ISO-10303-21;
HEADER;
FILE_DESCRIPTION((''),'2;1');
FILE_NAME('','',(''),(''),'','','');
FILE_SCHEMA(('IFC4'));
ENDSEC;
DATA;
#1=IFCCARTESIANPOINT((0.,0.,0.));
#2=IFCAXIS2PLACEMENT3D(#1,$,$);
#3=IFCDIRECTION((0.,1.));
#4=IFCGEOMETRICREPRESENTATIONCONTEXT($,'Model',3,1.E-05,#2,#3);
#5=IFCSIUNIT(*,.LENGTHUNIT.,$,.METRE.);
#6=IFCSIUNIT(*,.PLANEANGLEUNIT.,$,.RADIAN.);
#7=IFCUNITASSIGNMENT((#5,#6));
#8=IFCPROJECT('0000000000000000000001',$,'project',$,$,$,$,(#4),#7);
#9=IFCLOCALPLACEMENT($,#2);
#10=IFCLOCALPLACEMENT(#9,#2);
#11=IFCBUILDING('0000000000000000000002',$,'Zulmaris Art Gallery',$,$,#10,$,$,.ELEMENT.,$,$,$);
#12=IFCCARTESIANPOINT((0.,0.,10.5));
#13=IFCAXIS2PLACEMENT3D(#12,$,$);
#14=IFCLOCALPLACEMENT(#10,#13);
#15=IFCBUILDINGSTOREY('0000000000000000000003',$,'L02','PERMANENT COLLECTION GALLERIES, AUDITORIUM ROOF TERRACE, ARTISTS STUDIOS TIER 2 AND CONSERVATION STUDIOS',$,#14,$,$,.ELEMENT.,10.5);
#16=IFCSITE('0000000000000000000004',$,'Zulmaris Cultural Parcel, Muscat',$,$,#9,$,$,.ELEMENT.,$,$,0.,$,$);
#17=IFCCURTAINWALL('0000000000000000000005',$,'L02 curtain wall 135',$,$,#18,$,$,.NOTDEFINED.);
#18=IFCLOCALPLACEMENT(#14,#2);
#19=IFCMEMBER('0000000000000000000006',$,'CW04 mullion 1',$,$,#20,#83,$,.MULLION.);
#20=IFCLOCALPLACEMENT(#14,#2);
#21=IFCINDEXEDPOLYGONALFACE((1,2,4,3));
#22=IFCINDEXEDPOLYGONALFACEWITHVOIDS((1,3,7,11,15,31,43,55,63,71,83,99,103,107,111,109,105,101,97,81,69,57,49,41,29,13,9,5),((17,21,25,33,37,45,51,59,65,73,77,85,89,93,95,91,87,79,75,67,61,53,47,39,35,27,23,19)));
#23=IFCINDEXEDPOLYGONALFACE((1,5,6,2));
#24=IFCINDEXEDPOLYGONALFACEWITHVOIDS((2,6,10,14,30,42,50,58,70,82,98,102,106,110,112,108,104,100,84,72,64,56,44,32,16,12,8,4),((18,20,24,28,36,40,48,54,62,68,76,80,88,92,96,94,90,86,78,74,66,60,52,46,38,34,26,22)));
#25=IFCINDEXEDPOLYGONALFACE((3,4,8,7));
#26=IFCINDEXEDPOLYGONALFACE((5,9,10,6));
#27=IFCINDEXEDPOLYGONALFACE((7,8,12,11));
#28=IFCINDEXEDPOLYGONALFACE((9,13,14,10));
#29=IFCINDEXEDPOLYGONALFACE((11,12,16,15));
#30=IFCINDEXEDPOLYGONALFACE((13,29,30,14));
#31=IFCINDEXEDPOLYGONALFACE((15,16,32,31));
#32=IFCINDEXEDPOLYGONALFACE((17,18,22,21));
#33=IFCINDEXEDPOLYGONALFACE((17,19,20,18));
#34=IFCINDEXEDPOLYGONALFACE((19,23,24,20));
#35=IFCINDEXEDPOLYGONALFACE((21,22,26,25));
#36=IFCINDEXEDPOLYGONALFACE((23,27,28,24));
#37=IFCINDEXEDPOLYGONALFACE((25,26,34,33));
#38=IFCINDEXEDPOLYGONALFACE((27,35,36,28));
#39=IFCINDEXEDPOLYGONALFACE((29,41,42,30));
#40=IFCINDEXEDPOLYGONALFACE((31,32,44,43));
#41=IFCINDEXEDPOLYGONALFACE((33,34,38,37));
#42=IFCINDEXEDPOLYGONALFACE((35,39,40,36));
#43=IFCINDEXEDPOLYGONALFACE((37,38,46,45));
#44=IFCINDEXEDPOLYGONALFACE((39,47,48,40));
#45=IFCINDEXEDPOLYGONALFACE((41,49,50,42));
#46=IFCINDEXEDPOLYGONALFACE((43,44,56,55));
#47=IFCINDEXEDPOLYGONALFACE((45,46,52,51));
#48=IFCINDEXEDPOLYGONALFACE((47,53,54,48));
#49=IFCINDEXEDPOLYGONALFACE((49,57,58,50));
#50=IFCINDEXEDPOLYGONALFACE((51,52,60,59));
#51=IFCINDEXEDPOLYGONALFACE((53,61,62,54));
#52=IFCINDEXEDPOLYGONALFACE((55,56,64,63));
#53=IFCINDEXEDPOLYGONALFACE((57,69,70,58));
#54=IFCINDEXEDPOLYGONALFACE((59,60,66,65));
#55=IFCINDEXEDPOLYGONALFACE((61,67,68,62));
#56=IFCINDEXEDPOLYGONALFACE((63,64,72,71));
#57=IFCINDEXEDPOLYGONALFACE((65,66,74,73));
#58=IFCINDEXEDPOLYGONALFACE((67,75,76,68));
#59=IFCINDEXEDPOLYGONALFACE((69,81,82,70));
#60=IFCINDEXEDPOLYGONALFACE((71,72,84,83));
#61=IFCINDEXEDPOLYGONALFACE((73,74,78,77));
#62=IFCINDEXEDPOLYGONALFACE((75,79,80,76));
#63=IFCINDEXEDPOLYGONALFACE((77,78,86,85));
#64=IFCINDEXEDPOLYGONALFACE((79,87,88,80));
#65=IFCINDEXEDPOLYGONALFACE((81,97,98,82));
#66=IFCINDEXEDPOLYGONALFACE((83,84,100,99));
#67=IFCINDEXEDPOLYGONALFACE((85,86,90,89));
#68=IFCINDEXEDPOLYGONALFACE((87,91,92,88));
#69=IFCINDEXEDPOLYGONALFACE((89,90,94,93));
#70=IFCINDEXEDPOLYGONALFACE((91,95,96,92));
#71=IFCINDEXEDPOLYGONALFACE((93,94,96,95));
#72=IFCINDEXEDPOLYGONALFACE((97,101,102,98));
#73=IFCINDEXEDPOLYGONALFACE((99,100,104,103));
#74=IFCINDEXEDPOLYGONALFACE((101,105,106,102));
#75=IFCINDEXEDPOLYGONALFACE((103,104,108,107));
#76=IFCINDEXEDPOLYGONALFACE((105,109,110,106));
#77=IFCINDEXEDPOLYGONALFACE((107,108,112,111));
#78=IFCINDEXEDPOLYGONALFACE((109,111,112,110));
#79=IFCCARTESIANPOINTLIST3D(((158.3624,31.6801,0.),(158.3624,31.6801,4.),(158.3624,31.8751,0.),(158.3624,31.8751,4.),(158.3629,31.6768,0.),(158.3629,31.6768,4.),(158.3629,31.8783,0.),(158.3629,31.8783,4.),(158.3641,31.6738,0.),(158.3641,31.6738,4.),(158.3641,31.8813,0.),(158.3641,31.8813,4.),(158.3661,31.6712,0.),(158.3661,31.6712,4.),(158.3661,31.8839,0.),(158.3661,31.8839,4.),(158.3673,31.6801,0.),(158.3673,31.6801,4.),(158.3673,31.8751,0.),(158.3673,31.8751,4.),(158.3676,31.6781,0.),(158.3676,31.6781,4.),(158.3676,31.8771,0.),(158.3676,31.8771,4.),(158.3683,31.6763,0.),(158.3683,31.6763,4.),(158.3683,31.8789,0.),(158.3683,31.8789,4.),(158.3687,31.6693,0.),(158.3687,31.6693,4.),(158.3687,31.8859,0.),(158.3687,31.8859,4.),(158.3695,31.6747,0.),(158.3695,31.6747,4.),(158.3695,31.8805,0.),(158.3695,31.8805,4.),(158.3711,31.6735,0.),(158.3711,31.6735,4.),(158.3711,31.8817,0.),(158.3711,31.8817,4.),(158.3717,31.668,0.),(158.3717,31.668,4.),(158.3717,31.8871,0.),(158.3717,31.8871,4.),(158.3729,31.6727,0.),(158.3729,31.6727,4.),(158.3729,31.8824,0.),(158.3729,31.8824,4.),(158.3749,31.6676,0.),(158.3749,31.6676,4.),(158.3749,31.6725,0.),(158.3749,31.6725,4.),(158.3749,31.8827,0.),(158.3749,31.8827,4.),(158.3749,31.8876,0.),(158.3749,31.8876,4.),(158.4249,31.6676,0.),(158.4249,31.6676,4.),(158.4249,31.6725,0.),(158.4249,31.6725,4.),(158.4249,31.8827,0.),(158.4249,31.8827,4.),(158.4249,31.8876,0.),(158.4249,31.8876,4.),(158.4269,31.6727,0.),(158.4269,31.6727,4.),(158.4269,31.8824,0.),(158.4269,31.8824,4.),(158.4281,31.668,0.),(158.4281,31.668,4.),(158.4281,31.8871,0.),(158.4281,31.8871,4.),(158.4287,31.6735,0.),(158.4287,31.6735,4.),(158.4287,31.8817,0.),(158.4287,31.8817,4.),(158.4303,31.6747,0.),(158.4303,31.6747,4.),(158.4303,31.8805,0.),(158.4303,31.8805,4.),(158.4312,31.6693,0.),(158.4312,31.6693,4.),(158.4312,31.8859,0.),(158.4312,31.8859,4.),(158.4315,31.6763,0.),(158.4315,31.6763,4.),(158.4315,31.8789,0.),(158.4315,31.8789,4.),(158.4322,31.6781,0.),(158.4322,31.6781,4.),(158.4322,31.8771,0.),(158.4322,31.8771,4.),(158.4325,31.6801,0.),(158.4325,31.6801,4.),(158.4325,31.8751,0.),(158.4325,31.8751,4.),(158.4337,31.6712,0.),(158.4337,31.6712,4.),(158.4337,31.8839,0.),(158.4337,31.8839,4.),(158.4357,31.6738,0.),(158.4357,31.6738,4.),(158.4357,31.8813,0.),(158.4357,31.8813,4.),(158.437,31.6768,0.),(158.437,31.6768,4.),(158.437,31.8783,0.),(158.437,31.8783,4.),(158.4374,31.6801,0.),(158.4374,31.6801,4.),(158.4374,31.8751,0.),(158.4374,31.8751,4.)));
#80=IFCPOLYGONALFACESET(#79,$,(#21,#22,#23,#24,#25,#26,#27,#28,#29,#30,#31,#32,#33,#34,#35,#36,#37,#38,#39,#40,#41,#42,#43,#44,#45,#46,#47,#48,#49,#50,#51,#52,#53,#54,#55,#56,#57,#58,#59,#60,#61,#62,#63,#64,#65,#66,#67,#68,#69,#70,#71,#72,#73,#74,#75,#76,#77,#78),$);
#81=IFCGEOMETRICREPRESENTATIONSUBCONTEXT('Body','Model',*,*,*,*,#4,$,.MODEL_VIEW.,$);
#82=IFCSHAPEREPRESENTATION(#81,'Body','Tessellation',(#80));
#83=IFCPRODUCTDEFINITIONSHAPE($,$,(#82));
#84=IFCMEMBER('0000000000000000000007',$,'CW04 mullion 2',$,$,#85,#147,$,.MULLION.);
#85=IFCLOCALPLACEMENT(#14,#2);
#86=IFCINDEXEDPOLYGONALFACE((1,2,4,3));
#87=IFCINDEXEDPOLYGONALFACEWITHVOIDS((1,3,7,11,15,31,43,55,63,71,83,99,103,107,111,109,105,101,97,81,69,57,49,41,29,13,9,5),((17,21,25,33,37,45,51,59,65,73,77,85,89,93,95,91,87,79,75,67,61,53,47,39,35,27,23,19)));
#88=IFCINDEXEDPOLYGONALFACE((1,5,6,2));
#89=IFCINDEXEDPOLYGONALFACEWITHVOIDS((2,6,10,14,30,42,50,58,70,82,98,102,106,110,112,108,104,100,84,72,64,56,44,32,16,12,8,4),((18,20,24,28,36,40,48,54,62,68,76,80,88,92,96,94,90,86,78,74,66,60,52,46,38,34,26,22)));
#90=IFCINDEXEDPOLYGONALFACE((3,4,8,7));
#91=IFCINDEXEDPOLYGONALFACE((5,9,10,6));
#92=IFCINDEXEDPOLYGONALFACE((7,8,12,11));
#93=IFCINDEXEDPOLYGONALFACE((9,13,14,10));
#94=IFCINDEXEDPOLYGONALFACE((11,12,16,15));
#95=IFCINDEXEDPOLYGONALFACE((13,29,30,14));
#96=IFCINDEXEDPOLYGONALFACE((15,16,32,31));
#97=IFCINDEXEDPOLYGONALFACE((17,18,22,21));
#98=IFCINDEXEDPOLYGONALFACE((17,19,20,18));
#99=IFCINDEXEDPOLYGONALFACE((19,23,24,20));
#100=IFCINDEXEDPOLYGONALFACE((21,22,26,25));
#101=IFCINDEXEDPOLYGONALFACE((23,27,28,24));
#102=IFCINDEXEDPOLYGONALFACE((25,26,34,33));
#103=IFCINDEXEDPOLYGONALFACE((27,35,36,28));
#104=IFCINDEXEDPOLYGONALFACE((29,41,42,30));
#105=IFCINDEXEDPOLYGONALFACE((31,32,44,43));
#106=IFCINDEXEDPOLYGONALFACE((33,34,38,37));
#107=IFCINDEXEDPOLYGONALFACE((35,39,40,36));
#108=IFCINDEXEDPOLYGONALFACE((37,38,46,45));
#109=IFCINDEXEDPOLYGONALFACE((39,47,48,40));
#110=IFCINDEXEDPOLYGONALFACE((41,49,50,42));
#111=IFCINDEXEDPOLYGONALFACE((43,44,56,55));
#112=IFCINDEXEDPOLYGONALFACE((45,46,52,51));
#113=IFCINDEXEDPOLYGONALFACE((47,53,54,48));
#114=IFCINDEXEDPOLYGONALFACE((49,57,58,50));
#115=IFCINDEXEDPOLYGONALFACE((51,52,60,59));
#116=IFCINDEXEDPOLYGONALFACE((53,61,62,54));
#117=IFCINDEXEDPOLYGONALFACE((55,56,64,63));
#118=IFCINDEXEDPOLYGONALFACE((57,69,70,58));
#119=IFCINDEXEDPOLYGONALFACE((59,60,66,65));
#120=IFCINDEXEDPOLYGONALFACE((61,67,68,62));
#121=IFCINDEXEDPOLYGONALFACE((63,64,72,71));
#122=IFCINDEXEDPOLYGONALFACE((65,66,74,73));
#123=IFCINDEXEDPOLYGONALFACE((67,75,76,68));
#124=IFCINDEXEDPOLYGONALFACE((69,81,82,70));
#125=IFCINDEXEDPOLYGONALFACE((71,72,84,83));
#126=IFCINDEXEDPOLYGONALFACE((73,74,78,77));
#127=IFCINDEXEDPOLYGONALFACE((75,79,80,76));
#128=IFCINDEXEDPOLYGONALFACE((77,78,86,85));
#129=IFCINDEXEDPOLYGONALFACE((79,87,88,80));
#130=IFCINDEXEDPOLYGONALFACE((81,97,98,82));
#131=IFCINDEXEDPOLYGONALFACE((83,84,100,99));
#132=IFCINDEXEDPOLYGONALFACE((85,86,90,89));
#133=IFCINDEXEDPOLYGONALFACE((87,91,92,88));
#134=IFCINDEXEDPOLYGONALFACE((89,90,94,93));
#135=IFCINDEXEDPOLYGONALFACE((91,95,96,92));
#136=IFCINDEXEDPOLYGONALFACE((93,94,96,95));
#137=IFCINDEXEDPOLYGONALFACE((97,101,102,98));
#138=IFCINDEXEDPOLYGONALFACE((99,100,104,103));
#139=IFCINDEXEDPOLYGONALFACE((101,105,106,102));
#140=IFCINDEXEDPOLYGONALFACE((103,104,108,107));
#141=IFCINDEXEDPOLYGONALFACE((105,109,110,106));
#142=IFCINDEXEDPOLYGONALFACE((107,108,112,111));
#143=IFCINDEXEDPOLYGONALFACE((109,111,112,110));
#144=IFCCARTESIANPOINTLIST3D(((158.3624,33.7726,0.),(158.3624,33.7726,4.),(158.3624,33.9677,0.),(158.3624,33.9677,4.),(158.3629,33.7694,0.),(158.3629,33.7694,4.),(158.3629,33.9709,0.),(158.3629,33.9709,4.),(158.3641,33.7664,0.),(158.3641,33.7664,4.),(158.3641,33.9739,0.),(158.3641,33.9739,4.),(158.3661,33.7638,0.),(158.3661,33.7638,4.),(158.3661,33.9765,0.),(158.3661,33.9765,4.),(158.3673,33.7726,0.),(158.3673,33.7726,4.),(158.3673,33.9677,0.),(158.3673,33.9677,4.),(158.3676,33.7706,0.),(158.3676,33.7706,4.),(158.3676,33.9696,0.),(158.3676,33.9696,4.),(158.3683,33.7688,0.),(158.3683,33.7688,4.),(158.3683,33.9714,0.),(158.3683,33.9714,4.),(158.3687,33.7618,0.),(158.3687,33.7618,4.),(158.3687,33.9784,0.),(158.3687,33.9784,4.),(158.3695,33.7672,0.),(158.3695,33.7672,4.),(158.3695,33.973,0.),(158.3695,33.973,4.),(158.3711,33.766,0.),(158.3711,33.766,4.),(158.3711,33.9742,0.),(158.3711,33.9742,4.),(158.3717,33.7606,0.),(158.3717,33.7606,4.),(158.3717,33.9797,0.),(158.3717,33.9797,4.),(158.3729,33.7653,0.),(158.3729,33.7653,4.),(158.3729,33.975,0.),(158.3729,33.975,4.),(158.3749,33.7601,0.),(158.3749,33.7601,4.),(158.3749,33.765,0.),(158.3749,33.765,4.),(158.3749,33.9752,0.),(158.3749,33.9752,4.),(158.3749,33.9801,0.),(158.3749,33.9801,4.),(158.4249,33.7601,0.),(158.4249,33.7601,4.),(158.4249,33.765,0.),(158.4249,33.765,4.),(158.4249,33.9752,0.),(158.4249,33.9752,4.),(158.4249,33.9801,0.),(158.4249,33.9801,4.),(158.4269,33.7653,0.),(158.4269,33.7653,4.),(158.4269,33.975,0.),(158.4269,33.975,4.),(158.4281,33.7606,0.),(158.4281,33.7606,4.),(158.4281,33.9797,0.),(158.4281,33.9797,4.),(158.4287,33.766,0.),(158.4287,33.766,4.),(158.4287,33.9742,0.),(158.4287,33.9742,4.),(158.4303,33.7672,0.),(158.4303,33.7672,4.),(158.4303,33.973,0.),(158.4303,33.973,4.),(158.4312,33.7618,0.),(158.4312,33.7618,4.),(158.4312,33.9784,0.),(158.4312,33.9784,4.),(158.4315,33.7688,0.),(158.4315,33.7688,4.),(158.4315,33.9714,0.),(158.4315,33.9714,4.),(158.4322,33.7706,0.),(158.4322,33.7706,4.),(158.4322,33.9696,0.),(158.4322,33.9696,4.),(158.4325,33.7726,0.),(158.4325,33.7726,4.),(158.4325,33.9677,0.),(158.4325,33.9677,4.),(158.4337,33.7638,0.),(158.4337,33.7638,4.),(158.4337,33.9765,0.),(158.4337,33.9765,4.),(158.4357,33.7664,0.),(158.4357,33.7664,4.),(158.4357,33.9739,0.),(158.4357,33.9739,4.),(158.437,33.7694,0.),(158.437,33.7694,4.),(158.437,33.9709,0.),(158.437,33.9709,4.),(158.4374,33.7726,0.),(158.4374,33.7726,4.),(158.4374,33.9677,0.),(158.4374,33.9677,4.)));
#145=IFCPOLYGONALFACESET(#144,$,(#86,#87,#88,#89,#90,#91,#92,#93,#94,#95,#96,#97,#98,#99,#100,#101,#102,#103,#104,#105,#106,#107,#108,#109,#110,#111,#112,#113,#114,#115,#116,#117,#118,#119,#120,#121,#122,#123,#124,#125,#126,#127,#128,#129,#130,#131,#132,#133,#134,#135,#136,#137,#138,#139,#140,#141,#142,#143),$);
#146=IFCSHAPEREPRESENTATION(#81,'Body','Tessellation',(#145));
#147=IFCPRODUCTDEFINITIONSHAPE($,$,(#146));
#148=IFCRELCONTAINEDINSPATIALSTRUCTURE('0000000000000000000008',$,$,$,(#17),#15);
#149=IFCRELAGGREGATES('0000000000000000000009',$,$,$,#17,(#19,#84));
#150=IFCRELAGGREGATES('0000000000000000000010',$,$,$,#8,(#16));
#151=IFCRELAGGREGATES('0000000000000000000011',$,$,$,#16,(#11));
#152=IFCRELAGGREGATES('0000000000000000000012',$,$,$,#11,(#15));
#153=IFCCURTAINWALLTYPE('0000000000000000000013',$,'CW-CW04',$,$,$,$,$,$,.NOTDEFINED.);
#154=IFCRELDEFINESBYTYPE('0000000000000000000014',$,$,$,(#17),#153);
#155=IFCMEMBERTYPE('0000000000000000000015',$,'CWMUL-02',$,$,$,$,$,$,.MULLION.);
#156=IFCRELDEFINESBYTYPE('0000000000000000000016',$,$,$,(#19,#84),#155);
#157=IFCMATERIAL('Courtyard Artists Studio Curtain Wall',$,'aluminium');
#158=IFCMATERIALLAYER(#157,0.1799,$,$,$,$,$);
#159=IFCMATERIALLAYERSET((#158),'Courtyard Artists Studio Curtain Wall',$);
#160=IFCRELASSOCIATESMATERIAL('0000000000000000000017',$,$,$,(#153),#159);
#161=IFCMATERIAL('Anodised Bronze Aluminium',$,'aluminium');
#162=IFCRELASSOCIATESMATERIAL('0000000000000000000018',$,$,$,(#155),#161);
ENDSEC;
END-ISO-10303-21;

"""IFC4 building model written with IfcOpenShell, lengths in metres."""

from ifc_helpers import new_model, si_unit, direction, frame, origin, origin_2d, place, context, subcontext, project, spatial, hollow_rectangle, extrude, material, layer, layer_set, material_profile, profile_set, type_object, element, aggregate, save


model = new_model("IFC4")

# Units and contexts
model_context = context("Model", 3, precision=1e-05, world=origin(), true_north=direction((0.0, 1.0)))
body_context = subcontext(model_context, "Body", "Model", "MODEL_VIEW")
ifc_project = project(units=[si_unit("LENGTHUNIT", "METRE"), si_unit("PLANEANGLEUNIT", "RADIAN")], contexts=[model_context])

# Site, building, storey
site_placement = place(None, origin())
site = spatial("IfcSite", under=ifc_project, at=site_placement, Name="Zulmaris Cultural Parcel, Muscat", CompositionType="ELEMENT", RefElevation=0.0)
building_placement = place(site_placement, origin())
building = spatial("IfcBuilding", under=site, at=building_placement, Name="Zulmaris Art Gallery", CompositionType="ELEMENT")
storey_placement = place(building_placement, frame((0.0, 0.0, 10.5)))
storey = spatial("IfcBuildingStorey", under=building, at=storey_placement, Name="L02", Description="PERMANENT COLLECTION GALLERIES, AUDITORIUM ROOF TERRACE, ARTISTS STUDIOS TIER 2 AND CONSERVATION STUDIOS", CompositionType="ELEMENT", Elevation=10.5)

# Curtain wall, members
ifc_material_1 = material(Name="Courtyard Artists Studio Curtain Wall", Category="aluminium")
ifc_layer_1 = layer(ifc_material_1, 0.1799)
ifc_layer_set_1 = layer_set([ifc_layer_1], Name="Courtyard Artists Studio Curtain Wall")
curtain_wall_type = type_object("IfcCurtainWallType", Name="CW-CW04", PredefinedType="NOTDEFINED", material=ifc_layer_set_1)
curtain_wall_placement = place(storey_placement, origin())
curtain_wall = element("IfcCurtainWall", 1, at=curtain_wall_placement, inside=storey, type_object=curtain_wall_type, Name="L02 curtain wall 135", PredefinedType="NOTDEFINED")
ifc_material_2 = material(Name="Anodised Bronze Aluminium", Category="aluminium")
ifc_material_profile_1 = material_profile(ifc_material_2, hollow_rectangle(XDim=0.075, YDim=0.22, WallThickness=0.0049, InnerFilletRadius=0.0076, OuterFilletRadius=0.0125, at=origin_2d()), Name="ALU 75x220x5")
ifc_profile_set_1 = profile_set([ifc_material_profile_1], Name="Anodised Bronze Aluminium")
member_type_1 = type_object("IfcMemberType", Name="CWMUL-02", PredefinedType="MULLION", material=ifc_profile_set_1)
member_1_placement = place(storey_placement, frame((158.3999, 31.7776, 0.0), z_axis=(0.0, 0.0, 1.0), x_axis=(-1.0, 0.0, 0.0)))
member_1 = element("IfcMember", 2, at=member_1_placement, type_object=member_type_1, Name="CW04 mullion 1", PredefinedType="MULLION", context=body_context, shape_type="SweptSolid", body=[
    extrude(hollow_rectangle(XDim=0.075, YDim=0.22, WallThickness=0.0049, InnerFilletRadius=0.0076, OuterFilletRadius=0.0125, at=origin_2d()), origin(), (0.0, 0.0, 1.0), 4.0),
])
member_2_placement = place(storey_placement, frame((158.3999, 33.8701, 0.0), z_axis=(0.0, 0.0, 1.0), x_axis=(-1.0, 0.0, 0.0)))
member_2 = element("IfcMember", 3, at=member_2_placement, type_object=member_type_1, Name="CW04 mullion 2", PredefinedType="MULLION", context=body_context, shape_type="SweptSolid", body=[
    extrude(hollow_rectangle(XDim=0.075, YDim=0.22, WallThickness=0.0049, InnerFilletRadius=0.0076, OuterFilletRadius=0.0125, at=origin_2d()), origin(), (0.0, 0.0, 1.0), 4.0),
])
aggregate(curtain_wall, [member_1, member_2])

save(model, "model.ifc")
